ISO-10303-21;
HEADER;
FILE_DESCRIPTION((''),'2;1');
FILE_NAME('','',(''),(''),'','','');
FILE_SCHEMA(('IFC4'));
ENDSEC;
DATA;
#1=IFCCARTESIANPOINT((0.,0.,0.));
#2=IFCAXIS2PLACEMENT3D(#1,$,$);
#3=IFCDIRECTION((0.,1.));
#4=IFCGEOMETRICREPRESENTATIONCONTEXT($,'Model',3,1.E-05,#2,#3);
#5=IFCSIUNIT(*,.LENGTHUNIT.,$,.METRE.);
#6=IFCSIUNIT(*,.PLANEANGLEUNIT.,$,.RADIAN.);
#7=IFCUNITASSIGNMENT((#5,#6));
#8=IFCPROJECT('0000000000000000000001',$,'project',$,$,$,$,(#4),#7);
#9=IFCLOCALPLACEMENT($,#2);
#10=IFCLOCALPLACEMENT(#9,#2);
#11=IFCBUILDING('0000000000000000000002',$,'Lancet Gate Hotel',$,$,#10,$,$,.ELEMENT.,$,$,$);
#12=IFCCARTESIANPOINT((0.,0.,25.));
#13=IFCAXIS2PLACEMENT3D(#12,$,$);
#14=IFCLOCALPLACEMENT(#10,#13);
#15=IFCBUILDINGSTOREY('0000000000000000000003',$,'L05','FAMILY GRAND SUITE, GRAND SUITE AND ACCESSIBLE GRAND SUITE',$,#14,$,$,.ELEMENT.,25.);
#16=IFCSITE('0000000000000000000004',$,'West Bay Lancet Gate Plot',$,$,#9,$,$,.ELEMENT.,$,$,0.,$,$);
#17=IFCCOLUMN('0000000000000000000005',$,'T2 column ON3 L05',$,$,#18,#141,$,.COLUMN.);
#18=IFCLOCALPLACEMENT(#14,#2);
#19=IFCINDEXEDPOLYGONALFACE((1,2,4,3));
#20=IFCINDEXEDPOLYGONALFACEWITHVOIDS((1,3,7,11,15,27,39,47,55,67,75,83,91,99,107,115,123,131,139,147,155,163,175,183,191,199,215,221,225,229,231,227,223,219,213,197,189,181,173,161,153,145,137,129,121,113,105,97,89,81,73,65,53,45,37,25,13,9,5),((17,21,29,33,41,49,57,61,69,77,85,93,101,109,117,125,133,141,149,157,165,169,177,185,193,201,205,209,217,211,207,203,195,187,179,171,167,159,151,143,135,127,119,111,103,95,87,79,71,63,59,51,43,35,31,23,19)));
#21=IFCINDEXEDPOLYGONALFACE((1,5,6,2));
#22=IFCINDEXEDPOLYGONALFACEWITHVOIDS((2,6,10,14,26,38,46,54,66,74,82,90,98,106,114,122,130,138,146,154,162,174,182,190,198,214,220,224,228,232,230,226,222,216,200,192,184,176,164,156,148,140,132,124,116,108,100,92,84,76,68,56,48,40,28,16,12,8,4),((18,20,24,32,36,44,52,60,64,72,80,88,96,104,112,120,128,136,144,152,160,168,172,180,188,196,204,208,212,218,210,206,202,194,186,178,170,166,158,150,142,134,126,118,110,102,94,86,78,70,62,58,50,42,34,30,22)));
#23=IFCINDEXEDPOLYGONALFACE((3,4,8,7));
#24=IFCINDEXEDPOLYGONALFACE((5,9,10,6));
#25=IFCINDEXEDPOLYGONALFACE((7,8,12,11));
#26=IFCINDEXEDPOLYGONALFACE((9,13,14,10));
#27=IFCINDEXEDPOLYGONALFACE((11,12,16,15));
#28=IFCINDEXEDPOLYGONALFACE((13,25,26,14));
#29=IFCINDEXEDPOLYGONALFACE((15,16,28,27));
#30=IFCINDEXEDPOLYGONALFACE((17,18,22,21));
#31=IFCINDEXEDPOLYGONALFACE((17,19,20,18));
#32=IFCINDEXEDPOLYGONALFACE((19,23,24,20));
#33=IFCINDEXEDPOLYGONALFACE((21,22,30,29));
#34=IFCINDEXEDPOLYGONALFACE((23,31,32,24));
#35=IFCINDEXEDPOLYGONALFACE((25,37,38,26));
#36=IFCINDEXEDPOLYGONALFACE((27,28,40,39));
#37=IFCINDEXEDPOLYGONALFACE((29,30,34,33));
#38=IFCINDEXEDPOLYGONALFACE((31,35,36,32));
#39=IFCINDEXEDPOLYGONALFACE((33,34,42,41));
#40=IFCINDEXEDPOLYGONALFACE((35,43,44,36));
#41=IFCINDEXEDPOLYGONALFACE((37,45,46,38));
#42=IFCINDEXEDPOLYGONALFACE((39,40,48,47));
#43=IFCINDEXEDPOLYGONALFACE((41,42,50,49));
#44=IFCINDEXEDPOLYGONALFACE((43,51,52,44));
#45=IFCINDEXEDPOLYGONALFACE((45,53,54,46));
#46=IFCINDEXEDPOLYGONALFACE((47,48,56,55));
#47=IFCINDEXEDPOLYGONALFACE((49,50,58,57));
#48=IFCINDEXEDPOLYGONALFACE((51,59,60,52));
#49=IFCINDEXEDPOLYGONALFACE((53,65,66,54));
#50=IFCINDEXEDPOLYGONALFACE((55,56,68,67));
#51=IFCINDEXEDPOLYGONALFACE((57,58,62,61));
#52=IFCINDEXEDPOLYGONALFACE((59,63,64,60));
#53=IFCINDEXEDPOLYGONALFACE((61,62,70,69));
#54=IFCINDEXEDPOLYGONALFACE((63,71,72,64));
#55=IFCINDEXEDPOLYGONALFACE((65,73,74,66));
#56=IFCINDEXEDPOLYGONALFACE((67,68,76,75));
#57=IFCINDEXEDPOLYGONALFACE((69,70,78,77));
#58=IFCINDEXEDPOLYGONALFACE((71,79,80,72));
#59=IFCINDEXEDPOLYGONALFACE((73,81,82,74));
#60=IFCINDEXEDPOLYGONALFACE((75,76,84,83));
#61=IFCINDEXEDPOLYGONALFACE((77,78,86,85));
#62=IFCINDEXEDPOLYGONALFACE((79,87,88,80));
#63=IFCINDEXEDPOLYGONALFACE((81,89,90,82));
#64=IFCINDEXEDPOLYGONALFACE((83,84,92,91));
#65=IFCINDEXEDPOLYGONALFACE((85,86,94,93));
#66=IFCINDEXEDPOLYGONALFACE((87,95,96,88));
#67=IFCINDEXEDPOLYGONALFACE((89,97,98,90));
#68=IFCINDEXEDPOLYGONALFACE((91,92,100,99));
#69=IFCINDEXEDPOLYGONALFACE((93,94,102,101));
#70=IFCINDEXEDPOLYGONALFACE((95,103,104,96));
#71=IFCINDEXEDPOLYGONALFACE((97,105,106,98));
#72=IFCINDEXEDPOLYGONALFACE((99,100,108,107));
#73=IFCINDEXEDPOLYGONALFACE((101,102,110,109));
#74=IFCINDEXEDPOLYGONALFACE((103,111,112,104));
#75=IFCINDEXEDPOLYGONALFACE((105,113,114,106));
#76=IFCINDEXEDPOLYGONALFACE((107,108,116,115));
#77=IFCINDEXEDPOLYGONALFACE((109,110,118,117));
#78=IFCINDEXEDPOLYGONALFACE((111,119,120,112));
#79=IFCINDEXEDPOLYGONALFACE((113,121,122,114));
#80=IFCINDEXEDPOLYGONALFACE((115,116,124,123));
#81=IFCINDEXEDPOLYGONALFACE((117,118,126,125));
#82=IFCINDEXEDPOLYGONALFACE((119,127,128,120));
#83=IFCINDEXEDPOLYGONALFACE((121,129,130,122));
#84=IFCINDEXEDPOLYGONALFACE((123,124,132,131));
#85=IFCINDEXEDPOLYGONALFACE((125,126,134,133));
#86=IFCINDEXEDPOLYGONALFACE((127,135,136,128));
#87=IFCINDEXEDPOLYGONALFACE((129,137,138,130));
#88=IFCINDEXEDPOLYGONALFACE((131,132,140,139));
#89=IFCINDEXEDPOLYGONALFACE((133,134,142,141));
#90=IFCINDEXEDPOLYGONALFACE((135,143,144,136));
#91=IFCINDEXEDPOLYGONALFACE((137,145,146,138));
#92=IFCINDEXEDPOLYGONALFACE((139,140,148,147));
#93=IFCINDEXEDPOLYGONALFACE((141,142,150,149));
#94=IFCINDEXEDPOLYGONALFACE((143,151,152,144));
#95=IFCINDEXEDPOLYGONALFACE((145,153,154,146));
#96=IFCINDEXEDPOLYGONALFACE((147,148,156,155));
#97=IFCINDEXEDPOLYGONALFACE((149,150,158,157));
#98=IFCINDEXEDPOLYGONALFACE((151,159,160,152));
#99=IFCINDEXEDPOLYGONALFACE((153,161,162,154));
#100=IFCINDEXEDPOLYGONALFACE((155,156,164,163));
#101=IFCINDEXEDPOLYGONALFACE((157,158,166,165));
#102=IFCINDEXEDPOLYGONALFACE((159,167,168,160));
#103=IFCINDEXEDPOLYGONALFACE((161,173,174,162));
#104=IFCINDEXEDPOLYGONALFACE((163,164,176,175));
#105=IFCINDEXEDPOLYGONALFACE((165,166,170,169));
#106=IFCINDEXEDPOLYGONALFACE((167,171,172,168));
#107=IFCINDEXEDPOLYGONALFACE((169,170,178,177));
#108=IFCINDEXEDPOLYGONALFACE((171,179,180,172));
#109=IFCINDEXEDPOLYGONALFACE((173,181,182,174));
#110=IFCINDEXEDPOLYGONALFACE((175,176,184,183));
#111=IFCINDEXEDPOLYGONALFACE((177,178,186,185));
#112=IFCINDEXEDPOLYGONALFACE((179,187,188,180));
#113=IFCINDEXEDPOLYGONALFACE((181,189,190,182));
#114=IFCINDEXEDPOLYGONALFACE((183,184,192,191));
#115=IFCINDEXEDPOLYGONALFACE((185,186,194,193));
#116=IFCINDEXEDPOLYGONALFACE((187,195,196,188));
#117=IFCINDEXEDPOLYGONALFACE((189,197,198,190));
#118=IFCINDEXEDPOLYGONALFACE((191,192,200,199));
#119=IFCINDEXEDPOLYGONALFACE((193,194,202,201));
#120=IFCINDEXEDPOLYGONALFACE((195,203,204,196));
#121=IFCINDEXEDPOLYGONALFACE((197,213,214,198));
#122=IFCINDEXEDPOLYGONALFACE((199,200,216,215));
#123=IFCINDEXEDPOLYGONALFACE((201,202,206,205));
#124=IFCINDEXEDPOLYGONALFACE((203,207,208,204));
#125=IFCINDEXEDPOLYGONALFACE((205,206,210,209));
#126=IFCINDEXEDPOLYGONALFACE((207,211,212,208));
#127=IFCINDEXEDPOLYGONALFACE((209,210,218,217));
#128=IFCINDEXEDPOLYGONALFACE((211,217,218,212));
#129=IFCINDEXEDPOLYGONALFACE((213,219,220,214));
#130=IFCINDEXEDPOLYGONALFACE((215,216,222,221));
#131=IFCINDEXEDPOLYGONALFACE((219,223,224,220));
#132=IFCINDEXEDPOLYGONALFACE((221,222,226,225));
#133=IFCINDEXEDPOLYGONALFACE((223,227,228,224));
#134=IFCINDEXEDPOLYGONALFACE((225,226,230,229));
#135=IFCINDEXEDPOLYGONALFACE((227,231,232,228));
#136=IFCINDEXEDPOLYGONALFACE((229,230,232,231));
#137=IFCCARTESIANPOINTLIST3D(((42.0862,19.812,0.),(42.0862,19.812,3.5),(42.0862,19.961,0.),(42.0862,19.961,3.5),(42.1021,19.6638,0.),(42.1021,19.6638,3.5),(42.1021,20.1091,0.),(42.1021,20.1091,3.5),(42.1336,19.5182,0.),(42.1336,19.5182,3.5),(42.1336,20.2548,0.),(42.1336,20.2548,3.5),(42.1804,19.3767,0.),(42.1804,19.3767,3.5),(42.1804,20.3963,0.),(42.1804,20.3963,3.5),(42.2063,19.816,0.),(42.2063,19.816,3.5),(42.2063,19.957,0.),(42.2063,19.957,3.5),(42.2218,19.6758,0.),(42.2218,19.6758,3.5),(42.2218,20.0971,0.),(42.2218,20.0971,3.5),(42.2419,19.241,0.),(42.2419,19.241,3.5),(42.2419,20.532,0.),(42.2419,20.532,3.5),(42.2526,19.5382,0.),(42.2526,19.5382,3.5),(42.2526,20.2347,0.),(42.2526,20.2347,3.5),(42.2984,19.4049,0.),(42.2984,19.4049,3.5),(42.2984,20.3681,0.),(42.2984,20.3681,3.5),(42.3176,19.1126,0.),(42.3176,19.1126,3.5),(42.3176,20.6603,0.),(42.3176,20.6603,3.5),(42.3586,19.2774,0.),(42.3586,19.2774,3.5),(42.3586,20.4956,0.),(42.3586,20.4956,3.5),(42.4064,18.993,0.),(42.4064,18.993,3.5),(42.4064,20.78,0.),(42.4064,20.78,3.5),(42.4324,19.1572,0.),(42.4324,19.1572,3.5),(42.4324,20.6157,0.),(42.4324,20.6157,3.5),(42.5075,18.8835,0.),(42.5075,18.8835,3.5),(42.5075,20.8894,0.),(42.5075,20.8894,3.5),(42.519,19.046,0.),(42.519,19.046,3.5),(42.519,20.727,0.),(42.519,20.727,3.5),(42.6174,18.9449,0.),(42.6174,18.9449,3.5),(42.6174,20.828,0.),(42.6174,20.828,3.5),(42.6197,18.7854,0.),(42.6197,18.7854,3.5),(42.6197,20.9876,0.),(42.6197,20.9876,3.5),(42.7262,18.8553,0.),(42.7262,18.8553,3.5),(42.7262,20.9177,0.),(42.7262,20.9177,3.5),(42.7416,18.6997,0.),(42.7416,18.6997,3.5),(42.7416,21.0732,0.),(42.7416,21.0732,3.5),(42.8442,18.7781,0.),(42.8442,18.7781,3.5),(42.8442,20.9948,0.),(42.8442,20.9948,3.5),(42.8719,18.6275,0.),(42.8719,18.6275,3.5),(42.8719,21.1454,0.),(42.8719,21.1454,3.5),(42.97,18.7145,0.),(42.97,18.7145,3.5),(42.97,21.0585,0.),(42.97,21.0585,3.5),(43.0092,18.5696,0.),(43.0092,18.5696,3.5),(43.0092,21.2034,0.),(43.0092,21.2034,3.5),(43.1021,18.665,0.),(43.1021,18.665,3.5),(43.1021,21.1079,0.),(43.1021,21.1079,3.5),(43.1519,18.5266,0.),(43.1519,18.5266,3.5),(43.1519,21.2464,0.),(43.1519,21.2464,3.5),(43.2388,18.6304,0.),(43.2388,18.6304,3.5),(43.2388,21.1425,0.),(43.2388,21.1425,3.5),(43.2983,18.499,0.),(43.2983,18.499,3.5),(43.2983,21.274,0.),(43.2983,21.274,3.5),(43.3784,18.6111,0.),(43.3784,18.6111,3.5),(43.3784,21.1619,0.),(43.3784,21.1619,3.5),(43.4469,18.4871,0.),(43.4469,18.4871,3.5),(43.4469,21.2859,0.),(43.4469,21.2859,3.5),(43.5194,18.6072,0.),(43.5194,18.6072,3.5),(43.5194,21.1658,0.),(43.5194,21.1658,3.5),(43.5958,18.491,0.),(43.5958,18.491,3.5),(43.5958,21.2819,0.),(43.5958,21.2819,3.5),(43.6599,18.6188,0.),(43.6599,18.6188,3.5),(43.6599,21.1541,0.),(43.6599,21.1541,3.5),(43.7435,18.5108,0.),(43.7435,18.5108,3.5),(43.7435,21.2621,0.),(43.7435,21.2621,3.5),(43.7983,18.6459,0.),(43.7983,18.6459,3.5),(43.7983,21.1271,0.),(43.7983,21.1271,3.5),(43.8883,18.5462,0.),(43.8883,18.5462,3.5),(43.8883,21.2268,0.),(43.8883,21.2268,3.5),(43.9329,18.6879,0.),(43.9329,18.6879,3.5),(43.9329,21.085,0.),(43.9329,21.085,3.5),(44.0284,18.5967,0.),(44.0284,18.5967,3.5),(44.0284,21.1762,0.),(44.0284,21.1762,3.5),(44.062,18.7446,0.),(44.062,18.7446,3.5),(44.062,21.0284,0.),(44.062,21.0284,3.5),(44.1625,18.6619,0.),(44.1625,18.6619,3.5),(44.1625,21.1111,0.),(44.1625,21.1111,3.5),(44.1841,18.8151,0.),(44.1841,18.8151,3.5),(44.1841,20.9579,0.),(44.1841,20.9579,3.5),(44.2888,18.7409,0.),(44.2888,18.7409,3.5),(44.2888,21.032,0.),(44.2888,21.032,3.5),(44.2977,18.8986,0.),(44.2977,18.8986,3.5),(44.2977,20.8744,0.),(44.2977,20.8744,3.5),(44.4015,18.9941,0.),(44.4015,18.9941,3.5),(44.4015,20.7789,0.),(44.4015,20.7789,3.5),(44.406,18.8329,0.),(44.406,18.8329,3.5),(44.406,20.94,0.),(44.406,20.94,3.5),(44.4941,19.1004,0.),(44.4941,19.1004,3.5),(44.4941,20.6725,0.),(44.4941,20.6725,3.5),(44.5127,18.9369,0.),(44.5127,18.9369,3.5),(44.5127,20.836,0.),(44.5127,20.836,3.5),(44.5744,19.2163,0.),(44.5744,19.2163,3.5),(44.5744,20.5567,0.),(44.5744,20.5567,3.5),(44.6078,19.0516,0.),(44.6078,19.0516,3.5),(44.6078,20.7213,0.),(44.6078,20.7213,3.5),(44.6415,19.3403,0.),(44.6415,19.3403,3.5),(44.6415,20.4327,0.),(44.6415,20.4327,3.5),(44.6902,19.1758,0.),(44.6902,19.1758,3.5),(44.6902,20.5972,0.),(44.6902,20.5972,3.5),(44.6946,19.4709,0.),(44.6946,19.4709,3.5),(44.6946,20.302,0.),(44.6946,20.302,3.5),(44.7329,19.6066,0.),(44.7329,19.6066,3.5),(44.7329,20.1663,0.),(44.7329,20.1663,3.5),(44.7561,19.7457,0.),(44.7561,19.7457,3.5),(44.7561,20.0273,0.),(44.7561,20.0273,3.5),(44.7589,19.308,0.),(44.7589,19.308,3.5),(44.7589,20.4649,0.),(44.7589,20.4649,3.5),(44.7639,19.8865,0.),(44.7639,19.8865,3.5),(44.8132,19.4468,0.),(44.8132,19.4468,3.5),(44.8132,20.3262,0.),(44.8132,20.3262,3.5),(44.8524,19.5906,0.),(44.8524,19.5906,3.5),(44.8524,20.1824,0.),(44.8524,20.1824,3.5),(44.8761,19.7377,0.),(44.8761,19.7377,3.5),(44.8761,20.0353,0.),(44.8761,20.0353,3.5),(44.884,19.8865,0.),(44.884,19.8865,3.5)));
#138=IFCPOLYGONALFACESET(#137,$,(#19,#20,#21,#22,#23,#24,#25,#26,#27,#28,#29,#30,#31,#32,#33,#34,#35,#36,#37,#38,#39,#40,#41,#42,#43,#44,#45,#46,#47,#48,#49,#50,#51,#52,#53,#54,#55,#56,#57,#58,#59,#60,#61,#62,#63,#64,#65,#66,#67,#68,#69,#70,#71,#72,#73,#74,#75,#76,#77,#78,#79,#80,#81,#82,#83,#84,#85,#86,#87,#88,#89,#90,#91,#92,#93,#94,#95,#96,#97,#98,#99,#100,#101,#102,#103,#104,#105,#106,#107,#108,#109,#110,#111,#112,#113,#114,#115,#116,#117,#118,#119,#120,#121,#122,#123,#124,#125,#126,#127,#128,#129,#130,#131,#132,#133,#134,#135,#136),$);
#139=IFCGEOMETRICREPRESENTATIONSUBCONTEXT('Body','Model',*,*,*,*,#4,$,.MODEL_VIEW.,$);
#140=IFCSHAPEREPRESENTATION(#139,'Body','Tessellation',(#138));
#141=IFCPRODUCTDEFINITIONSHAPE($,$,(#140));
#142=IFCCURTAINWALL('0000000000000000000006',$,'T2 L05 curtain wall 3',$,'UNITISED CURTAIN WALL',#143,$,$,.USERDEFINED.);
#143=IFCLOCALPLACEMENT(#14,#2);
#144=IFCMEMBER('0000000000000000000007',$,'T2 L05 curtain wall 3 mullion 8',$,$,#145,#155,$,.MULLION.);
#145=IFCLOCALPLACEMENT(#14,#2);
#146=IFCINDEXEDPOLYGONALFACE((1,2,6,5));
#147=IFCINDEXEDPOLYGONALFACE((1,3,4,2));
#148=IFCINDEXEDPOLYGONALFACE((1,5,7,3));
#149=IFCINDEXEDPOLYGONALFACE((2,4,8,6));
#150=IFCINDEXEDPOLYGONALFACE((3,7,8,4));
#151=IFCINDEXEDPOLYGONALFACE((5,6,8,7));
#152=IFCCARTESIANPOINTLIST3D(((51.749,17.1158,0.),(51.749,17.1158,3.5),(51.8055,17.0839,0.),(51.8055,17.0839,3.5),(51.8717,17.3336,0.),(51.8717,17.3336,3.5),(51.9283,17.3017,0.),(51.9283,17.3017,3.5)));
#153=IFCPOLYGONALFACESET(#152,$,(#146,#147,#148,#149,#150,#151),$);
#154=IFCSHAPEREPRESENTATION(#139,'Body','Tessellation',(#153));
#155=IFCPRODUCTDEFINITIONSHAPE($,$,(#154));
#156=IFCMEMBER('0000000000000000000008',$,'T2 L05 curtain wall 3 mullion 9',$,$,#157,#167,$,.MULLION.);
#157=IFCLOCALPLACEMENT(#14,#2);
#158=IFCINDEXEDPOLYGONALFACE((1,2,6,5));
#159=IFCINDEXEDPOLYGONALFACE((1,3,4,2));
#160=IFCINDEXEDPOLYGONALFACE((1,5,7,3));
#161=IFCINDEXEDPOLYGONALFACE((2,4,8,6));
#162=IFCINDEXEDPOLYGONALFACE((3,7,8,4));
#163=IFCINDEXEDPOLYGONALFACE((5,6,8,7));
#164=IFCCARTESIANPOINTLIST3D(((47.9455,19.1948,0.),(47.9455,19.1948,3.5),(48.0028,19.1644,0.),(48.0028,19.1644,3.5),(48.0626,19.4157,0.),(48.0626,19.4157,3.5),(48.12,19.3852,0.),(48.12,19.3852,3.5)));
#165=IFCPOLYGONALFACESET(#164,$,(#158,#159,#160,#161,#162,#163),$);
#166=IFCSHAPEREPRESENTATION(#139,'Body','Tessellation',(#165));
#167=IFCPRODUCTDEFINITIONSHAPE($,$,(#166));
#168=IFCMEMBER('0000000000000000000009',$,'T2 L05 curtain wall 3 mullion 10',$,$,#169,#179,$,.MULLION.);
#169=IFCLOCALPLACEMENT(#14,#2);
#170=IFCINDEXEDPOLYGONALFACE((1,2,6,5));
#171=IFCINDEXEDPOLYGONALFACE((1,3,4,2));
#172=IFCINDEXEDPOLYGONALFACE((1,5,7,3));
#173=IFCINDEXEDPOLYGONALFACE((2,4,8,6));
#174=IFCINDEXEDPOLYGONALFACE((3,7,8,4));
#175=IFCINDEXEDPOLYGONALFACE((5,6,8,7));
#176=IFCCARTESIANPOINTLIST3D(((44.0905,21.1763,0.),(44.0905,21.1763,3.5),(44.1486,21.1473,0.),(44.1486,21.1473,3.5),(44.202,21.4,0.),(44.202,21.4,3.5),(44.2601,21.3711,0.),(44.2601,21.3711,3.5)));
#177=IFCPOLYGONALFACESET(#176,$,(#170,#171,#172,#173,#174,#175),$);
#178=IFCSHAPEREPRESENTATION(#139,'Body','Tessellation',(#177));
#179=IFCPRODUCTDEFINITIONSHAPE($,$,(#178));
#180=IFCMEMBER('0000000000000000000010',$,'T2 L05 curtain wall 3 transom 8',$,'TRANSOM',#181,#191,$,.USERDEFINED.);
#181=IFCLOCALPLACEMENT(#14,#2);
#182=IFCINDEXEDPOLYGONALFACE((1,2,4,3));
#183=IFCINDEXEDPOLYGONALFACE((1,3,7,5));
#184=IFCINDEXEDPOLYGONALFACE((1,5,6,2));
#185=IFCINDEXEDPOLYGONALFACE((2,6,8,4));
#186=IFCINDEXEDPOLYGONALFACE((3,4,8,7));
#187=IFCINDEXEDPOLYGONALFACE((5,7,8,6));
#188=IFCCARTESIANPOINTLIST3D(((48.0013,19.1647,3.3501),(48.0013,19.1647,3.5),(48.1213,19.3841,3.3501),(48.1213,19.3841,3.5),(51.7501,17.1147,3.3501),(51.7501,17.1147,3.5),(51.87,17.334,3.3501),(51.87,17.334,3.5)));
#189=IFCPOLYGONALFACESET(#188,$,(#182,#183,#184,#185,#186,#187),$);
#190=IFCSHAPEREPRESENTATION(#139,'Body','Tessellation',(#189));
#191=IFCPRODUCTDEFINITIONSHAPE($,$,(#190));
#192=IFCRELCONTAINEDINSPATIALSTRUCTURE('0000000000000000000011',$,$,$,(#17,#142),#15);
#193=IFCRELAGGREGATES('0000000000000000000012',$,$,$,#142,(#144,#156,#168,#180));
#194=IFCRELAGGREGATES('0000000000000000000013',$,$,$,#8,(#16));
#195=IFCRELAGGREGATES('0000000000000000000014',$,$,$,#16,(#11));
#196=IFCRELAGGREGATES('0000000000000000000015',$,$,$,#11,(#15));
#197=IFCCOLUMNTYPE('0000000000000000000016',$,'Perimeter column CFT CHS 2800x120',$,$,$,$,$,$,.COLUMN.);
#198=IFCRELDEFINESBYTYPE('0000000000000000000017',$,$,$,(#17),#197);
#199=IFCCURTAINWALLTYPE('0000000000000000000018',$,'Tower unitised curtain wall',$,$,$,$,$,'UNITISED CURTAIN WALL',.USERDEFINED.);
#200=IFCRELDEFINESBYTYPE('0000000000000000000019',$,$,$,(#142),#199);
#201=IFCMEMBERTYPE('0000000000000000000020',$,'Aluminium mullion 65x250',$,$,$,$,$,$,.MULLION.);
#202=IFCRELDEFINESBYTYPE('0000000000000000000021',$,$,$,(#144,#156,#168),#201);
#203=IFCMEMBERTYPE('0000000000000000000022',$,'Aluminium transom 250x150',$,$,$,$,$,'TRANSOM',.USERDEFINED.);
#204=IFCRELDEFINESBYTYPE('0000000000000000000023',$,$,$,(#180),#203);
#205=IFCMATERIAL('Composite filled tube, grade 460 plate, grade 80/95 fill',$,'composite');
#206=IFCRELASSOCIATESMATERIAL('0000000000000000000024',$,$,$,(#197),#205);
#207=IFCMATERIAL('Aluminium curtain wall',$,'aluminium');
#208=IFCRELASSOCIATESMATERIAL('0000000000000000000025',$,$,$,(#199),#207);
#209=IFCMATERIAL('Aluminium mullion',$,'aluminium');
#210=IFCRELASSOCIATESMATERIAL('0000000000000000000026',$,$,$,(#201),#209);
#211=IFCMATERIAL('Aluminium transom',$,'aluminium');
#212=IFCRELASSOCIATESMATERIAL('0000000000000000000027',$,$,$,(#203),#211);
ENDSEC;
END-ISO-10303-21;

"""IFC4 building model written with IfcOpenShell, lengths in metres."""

from ifc_helpers import new_model, si_unit, direction, frame, origin, origin_2d, place, context, subcontext, project, spatial, rectangle, hollow_circle, extrude, material, material_profile, profile_set, type_object, element, aggregate, save


model = new_model("IFC4")

# Units and contexts
model_context = context("Model", 3, precision=1e-05, world=origin(), true_north=direction((0.0, 1.0)))
body_context = subcontext(model_context, "Body", "Model", "MODEL_VIEW")
ifc_project = project(units=[si_unit("LENGTHUNIT", "METRE"), si_unit("PLANEANGLEUNIT", "RADIAN")], contexts=[model_context])

# Site, building, storey
site_placement = place(None, origin())
site = spatial("IfcSite", under=ifc_project, at=site_placement, Name="West Bay Lancet Gate Plot", CompositionType="ELEMENT", RefElevation=0.0)
building_placement = place(site_placement, origin())
building = spatial("IfcBuilding", under=site, at=building_placement, Name="Lancet Gate Hotel", CompositionType="ELEMENT")
storey_placement = place(building_placement, frame((0.0, 0.0, 25.0)))
storey = spatial("IfcBuildingStorey", under=building, at=storey_placement, Name="L05", Description="FAMILY GRAND SUITE, GRAND SUITE AND ACCESSIBLE GRAND SUITE", CompositionType="ELEMENT", Elevation=25.0)

# Column
ifc_material_1 = material(Name="Composite filled tube, grade 460 plate, grade 80/95 fill", Category="composite")
ifc_material_profile_1 = material_profile(ifc_material_1, hollow_circle(Radius=1.3999, WallThickness=0.1201, at=origin_2d()), Name="CHS 2800x120")
ifc_profile_set_1 = profile_set([ifc_material_profile_1], Name="Composite filled tube, grade 460 plate, grade 80/95 fill")
column_type = type_object("IfcColumnType", Name="Perimeter column CFT CHS 2800x120", PredefinedType="COLUMN", material=ifc_profile_set_1)
for number, where, z_axis, x_axis, name in (
    (1, (43.4841, 19.8865, 0.0), (0.0, 0.0, 1.0), (1.0, 0.0, 0.0), "T2 column ON3 L05"),
):
    element("IfcColumn", number, at=place(storey_placement, frame(where, z_axis=z_axis, x_axis=x_axis)), inside=storey, type_object=column_type, Name=name, PredefinedType="COLUMN", context=body_context, shape_type="SweptSolid", body=[
        extrude(hollow_circle(Radius=1.3999, WallThickness=0.1201, at=origin_2d()), origin(), (0.0, 0.0, 1.0), 3.5),
    ])

# Curtain wall, members
ifc_material_2 = material(Name="Aluminium curtain wall", Category="aluminium")
curtain_wall_type = type_object("IfcCurtainWallType", Name="Tower unitised curtain wall", ElementType="UNITISED CURTAIN WALL", PredefinedType="USERDEFINED", material=ifc_material_2)
curtain_wall_placement = place(storey_placement, origin())
curtain_wall = element("IfcCurtainWall", 2, at=curtain_wall_placement, inside=storey, type_object=curtain_wall_type, Name="T2 L05 curtain wall 3", ObjectType="UNITISED CURTAIN WALL", PredefinedType="USERDEFINED")
ifc_material_3 = material(Name="Aluminium mullion", Category="aluminium")
ifc_material_profile_2 = material_profile(ifc_material_3, rectangle(XDim=0.0649, YDim=0.25, at=origin_2d()), Name="MULLION 65x250")
ifc_profile_set_2 = profile_set([ifc_material_profile_2], Name="Aluminium mullion")
member_type_1 = type_object("IfcMemberType", Name="Aluminium mullion 65x250", PredefinedType="MULLION", material=ifc_profile_set_2)
member_1_placement = place(storey_placement, frame((51.8386, 17.2087, 0.0), z_axis=(0.0, 0.0, 1.0), x_axis=(-0.87119, 0.490945, 0.0)))
member_1 = element("IfcMember", 3, at=member_1_placement, type_object=member_type_1, Name="T2 L05 curtain wall 3 mullion 8", PredefinedType="MULLION", context=body_context, shape_type="SweptSolid", body=[
    extrude(rectangle(XDim=0.0649, YDim=0.25, at=origin_2d()), origin(), (0.0, 0.0, 1.0), 3.5),
])
member_2_placement = place(storey_placement, frame((48.0327, 19.29, 0.0), z_axis=(0.0, 0.0, 1.0), x_axis=(-0.883403, 0.468613, 0.0)))
member_2 = element("IfcMember", 4, at=member_2_placement, type_object=member_type_1, Name="T2 L05 curtain wall 3 mullion 9", PredefinedType="MULLION", context=body_context, shape_type="SweptSolid", body=[
    extrude(rectangle(XDim=0.0649, YDim=0.25, at=origin_2d()), origin(), (0.0, 0.0, 1.0), 3.5),
])
member_3_placement = place(storey_placement, frame((44.1753, 21.2737, 0.0), z_axis=(0.0, 0.0, 1.0), x_axis=(-0.895044, 0.445978, 0.0)))
member_3 = element("IfcMember", 5, at=member_3_placement, type_object=member_type_1, Name="T2 L05 curtain wall 3 mullion 10", PredefinedType="MULLION", context=body_context, shape_type="SweptSolid", body=[
    extrude(rectangle(XDim=0.0649, YDim=0.25, at=origin_2d()), origin(), (0.0, 0.0, 1.0), 3.5),
])
ifc_material_4 = material(Name="Aluminium transom", Category="aluminium")
ifc_material_profile_3 = material_profile(ifc_material_4, rectangle(XDim=0.25, YDim=0.1499, at=origin_2d()), Name="TRANSOM 250x150")
ifc_profile_set_3 = profile_set([ifc_material_profile_3], Name="Aluminium transom")
member_type_2 = type_object("IfcMemberType", Name="Aluminium transom 250x150", ElementType="TRANSOM", PredefinedType="USERDEFINED", material=ifc_profile_set_3)
member_4_placement = place(storey_placement, frame((51.8101, 17.2244, 3.425), z_axis=(-0.877378, 0.479801, 0.0), x_axis=(-0.479801, -0.877378, 0.0)))
member_4 = element("IfcMember", 6, at=member_4_placement, type_object=member_type_2, Name="T2 L05 curtain wall 3 transom 8", ObjectType="TRANSOM", PredefinedType="USERDEFINED", context=body_context, shape_type="SweptSolid", body=[
    extrude(rectangle(XDim=0.25, YDim=0.1499, at=origin_2d()), origin(), (0.0, 0.0, 1.0), 4.2727),
])

aggregate(curtain_wall, [member_1, member_2, member_3, member_4])

save(model, "model.ifc")
